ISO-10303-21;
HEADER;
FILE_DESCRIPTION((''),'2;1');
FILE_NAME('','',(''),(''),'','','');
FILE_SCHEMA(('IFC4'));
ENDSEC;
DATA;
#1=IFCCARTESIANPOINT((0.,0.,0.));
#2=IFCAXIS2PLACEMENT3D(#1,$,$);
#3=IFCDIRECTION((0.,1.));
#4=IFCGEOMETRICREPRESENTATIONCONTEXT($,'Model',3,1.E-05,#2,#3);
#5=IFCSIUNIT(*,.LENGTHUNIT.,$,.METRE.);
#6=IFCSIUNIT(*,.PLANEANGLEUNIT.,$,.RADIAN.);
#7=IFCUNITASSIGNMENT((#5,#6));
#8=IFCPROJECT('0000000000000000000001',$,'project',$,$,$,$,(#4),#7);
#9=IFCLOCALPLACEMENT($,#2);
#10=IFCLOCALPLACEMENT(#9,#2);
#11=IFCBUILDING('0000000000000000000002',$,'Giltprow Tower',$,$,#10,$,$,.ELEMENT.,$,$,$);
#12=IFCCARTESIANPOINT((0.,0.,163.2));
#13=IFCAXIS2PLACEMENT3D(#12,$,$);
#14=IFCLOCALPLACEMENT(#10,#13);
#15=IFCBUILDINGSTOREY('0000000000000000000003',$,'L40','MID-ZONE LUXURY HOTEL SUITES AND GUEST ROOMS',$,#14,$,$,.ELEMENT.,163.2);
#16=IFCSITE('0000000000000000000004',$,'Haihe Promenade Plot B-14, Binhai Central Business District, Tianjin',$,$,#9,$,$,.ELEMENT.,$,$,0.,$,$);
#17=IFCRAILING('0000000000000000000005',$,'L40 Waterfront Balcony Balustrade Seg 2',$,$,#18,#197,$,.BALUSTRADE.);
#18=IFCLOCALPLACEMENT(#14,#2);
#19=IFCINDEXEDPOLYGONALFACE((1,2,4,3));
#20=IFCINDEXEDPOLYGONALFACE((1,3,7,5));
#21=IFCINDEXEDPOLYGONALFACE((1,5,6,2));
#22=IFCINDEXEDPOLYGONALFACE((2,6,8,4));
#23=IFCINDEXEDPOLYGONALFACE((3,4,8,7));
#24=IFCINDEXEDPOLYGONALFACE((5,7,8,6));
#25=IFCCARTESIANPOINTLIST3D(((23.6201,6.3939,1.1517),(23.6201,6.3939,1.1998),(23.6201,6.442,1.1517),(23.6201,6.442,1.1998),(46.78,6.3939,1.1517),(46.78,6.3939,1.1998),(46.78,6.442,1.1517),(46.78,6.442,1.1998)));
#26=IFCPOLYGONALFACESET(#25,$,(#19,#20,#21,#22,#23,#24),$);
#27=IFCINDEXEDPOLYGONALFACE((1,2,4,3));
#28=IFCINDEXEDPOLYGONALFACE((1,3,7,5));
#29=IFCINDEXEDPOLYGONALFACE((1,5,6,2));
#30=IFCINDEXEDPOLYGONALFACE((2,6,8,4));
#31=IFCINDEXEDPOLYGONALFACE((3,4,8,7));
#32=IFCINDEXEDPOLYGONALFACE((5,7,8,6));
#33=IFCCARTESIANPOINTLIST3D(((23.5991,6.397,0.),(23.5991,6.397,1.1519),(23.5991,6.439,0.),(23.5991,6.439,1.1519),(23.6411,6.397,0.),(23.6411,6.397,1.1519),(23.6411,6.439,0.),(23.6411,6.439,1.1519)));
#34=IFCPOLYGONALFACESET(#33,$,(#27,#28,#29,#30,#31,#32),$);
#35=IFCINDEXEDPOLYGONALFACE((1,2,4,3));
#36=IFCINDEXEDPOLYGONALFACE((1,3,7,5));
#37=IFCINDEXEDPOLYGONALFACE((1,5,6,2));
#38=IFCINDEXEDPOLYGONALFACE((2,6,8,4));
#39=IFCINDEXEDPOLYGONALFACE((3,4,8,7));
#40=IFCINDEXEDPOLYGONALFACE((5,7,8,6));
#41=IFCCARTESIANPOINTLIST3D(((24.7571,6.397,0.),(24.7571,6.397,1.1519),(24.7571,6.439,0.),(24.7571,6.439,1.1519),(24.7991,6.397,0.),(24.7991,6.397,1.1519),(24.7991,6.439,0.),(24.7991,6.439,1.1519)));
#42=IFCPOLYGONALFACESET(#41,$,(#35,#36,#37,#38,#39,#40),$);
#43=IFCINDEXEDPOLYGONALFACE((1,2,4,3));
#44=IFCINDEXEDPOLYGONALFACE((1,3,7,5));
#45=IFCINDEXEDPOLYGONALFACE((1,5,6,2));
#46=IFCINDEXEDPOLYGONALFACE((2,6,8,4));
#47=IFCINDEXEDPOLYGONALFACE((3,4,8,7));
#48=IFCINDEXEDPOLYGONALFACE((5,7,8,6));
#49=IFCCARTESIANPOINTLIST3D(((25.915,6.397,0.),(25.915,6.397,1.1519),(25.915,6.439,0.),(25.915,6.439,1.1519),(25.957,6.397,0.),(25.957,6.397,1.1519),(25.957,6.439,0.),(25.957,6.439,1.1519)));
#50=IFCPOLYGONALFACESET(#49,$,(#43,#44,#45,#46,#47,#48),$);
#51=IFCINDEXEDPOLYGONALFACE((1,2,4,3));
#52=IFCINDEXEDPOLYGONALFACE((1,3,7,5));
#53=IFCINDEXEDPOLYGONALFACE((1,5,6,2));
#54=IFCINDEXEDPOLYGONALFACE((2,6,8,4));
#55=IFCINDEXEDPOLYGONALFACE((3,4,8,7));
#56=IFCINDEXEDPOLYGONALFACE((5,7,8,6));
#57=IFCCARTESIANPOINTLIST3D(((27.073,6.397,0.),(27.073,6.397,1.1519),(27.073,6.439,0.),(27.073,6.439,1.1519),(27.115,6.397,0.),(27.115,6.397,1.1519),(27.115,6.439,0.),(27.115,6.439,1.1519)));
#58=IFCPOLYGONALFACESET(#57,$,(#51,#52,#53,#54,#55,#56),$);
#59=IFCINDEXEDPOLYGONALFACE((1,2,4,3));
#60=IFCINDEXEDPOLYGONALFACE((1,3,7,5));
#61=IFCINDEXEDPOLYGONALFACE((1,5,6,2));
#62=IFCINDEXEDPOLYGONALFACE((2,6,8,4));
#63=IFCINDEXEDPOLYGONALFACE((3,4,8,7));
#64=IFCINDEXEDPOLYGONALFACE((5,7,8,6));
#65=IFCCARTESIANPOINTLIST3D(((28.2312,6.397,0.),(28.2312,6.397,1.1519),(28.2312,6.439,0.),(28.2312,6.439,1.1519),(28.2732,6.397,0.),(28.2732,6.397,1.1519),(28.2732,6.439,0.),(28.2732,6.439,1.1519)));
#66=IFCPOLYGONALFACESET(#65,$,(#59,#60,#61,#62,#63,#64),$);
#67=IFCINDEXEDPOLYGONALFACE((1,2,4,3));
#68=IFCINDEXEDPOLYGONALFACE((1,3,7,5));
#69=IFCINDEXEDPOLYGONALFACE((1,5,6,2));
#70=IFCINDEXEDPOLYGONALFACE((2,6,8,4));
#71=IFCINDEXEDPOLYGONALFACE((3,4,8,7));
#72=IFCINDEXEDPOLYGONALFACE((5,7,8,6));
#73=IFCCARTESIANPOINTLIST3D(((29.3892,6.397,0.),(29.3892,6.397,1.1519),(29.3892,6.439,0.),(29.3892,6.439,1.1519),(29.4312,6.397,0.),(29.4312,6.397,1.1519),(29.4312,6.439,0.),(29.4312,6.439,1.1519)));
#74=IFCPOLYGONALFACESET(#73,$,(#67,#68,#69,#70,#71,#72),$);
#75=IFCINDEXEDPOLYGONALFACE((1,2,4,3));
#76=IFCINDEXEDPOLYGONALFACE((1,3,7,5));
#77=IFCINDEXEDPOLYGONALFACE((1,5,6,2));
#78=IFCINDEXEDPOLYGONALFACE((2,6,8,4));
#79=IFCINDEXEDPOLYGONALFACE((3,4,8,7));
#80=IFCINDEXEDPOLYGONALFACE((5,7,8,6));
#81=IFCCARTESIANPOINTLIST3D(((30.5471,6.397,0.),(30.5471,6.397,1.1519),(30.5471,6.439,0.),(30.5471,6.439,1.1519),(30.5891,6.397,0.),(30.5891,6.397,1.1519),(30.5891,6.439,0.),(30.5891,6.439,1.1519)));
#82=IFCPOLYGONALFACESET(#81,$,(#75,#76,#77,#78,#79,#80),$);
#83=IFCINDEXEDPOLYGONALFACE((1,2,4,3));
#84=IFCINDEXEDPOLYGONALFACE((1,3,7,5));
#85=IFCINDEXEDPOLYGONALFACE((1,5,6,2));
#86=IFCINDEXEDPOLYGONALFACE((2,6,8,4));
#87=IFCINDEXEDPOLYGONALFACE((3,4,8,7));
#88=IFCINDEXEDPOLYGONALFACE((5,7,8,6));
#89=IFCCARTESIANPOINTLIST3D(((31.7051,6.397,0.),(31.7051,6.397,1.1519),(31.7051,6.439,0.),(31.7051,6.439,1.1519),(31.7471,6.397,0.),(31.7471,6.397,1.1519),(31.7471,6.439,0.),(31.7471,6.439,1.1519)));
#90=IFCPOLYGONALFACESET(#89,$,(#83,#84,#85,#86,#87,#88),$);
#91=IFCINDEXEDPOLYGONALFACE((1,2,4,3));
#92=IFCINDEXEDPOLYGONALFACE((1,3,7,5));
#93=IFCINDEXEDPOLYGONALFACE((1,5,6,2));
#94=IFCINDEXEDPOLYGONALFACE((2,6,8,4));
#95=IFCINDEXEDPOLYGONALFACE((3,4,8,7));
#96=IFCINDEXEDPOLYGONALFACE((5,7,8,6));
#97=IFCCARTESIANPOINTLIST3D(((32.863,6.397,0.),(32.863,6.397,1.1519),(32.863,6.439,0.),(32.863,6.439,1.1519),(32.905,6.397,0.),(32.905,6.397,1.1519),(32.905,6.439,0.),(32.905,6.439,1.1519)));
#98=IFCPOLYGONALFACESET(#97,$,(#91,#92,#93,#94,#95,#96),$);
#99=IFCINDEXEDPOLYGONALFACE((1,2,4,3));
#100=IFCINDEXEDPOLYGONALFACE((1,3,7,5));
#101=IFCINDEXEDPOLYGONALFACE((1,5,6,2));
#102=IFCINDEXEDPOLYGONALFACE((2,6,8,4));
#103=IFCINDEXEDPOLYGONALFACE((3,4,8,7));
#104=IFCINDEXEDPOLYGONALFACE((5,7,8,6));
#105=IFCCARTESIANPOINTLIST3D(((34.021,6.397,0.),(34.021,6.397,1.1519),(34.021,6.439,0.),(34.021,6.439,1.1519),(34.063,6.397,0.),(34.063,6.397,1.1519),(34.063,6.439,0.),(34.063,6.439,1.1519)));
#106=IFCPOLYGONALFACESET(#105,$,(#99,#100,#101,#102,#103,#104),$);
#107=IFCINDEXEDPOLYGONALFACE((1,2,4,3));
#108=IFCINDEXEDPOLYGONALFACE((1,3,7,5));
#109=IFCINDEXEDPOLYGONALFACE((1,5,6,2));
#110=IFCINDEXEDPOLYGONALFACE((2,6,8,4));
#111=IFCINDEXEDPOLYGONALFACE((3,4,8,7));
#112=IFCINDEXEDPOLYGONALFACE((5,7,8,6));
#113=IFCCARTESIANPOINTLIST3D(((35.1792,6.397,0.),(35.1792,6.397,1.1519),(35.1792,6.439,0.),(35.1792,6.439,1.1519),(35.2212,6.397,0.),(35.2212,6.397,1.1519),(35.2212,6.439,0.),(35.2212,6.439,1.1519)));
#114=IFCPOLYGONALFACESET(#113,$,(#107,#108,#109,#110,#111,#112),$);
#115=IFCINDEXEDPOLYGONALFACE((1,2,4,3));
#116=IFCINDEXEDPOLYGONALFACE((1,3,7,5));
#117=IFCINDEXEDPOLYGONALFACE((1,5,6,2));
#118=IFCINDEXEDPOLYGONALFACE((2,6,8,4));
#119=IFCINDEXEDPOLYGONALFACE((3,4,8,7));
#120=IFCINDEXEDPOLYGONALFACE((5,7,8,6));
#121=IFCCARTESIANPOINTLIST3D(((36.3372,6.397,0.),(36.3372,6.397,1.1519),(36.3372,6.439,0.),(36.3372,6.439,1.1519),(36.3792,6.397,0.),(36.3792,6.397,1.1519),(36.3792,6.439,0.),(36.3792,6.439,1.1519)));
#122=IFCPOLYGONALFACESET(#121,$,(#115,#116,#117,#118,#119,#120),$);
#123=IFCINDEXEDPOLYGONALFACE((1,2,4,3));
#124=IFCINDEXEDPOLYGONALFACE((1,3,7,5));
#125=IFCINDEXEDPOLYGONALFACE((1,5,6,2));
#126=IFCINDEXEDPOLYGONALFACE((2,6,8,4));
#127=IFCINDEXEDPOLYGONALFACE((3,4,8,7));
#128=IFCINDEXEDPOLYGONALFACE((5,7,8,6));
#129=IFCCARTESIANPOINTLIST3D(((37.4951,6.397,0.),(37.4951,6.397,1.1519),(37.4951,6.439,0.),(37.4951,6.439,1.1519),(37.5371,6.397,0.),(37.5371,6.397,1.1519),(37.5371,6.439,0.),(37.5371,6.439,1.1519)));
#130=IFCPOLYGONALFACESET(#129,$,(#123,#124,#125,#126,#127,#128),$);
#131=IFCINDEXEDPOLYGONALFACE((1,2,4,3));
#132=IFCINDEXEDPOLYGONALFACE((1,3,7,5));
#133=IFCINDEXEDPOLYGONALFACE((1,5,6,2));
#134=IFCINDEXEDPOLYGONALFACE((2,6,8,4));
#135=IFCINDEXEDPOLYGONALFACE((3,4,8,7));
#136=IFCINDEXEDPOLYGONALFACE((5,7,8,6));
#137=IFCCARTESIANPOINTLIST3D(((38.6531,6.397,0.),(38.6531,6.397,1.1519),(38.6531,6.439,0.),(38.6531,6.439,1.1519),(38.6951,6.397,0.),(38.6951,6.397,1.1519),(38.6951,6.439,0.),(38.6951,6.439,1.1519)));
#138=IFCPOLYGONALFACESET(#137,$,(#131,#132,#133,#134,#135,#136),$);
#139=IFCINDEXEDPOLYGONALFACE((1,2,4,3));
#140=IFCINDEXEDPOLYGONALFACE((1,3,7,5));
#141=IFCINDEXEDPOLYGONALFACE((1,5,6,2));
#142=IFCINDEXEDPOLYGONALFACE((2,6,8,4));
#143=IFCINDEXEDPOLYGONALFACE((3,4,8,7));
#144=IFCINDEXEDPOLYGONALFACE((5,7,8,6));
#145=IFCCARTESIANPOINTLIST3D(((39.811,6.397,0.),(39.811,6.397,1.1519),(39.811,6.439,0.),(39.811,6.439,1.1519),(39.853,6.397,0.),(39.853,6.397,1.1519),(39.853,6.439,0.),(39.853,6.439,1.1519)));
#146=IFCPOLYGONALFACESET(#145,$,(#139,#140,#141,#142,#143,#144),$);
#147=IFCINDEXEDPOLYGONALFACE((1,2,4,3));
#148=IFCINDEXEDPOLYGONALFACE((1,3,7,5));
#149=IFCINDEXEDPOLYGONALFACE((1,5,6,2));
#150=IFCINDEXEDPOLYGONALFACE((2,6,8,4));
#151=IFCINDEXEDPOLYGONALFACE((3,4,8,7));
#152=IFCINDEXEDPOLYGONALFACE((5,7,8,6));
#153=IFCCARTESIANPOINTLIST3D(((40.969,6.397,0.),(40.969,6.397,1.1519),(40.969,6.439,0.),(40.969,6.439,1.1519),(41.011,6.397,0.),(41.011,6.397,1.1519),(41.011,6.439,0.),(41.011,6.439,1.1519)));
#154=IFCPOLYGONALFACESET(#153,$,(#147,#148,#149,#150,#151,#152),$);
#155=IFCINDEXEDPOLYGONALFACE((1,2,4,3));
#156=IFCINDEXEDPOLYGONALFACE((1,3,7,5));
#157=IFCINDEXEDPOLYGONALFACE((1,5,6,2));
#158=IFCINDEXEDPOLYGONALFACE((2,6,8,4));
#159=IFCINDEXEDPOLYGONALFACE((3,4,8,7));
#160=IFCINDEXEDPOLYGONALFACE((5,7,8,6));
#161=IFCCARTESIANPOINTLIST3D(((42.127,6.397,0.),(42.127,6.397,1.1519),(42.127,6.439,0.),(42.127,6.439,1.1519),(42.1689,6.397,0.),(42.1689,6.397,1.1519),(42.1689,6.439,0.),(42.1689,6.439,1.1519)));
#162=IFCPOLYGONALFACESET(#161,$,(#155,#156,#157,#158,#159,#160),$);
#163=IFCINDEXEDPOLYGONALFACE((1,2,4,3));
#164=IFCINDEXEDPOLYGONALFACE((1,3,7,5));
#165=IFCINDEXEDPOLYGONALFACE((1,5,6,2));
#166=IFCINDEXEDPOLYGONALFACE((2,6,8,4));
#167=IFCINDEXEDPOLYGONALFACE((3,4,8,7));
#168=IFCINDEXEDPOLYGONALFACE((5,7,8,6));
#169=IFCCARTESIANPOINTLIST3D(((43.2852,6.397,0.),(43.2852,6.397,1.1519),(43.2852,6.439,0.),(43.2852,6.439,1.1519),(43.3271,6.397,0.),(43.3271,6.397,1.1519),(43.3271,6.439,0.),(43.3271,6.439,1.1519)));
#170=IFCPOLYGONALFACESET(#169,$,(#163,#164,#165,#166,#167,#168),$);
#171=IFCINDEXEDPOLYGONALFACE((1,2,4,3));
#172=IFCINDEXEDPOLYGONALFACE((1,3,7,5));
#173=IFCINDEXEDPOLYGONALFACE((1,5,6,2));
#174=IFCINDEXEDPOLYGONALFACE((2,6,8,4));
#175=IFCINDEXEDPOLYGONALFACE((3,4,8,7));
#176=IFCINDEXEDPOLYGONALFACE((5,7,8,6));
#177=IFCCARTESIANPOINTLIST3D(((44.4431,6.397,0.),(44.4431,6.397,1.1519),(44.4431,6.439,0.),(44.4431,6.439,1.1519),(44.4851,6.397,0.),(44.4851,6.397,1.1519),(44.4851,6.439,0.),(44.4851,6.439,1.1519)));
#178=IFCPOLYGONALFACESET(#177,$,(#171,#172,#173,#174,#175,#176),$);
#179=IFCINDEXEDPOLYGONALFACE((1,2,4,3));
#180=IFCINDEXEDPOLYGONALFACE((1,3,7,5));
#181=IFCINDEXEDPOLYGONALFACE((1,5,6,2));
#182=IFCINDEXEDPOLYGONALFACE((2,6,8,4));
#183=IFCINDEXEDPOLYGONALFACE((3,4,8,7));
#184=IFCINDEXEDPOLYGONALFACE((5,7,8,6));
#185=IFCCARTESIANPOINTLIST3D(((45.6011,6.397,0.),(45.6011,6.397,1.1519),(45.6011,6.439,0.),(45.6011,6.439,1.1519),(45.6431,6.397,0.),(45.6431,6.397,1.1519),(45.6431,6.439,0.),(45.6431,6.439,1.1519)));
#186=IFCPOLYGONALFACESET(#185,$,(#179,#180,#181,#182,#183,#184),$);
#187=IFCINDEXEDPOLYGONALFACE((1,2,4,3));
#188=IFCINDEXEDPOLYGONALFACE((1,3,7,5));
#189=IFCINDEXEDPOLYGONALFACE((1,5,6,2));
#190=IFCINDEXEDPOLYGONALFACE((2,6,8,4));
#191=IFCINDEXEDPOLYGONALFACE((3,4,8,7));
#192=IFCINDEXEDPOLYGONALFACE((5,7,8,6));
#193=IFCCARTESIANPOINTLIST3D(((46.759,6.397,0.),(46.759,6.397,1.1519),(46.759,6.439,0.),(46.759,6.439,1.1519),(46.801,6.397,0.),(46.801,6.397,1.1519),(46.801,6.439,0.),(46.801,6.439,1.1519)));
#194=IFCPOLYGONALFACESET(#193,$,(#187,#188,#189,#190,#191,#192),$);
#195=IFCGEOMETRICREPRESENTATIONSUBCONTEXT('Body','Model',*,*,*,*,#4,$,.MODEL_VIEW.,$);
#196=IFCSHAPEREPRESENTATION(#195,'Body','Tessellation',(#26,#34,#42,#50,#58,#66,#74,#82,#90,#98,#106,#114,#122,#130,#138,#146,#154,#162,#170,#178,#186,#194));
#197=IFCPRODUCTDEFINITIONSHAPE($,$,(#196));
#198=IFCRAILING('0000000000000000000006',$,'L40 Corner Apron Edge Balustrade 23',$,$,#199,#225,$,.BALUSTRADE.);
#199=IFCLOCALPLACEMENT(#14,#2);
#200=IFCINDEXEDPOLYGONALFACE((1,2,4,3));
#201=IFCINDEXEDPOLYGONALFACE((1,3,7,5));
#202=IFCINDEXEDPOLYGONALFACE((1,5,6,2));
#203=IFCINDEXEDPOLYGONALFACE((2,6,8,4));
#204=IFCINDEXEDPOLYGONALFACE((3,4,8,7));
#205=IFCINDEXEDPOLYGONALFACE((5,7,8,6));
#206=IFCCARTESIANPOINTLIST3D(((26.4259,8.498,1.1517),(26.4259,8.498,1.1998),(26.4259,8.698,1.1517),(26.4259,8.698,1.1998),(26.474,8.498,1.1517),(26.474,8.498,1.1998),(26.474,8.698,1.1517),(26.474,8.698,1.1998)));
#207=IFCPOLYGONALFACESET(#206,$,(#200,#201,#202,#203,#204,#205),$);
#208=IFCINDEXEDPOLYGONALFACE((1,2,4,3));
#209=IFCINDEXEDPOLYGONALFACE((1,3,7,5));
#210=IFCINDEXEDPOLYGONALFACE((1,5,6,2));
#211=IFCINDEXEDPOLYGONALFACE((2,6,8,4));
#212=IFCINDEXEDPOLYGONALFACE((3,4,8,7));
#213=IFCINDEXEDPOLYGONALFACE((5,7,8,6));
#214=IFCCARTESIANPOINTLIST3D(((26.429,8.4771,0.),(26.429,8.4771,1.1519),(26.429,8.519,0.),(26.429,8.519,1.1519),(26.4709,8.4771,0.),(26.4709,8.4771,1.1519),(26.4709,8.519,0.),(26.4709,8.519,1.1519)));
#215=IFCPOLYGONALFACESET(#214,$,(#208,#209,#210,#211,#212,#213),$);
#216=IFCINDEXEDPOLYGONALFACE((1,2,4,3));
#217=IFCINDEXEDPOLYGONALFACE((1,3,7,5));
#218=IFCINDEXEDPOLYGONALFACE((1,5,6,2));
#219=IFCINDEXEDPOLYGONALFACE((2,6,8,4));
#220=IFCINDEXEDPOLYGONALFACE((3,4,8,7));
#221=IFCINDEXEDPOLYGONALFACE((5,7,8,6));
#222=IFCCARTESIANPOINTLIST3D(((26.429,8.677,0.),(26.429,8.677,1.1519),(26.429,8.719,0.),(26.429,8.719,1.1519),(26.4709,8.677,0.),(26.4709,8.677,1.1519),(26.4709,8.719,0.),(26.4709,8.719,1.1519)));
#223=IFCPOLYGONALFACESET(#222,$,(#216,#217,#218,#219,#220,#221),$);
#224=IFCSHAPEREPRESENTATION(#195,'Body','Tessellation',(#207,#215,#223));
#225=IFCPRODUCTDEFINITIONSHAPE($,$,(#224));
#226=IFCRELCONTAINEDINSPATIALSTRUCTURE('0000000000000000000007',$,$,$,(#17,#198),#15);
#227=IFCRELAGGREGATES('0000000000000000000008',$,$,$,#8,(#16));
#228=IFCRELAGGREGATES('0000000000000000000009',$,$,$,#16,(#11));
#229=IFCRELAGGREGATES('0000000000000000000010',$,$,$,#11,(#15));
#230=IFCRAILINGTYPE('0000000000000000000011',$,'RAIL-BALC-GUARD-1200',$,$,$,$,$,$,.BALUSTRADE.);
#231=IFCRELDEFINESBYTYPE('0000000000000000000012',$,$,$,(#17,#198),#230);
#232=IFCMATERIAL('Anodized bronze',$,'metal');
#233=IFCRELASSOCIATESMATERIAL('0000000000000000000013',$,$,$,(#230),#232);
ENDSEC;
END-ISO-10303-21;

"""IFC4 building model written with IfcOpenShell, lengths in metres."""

from ifc_helpers import new_model, si_unit, direction, frame, origin, origin_2d, place, context, subcontext, project, spatial, rectangle, extrude, material, type_object, element, save


model = new_model("IFC4")

# Units and contexts
model_context = context("Model", 3, precision=1e-05, world=origin(), true_north=direction((0.0, 1.0)))
body_context = subcontext(model_context, "Body", "Model", "MODEL_VIEW")
ifc_project = project(units=[si_unit("LENGTHUNIT", "METRE"), si_unit("PLANEANGLEUNIT", "RADIAN")], contexts=[model_context])

# Site, building, storey
site_placement = place(None, origin())
site = spatial("IfcSite", under=ifc_project, at=site_placement, Name="Haihe Promenade Plot B-14, Binhai Central Business District, Tianjin", CompositionType="ELEMENT", RefElevation=0.0)
building_placement = place(site_placement, origin())
building = spatial("IfcBuilding", under=site, at=building_placement, Name="Giltprow Tower", CompositionType="ELEMENT")
storey_placement = place(building_placement, frame((0.0, 0.0, 163.2)))
storey = spatial("IfcBuildingStorey", under=building, at=storey_placement, Name="L40", Description="MID-ZONE LUXURY HOTEL SUITES AND GUEST ROOMS", CompositionType="ELEMENT", Elevation=163.2)

# Railings
ifc_material_1 = material(Name="Anodized bronze", Category="metal")
railing_type = type_object("IfcRailingType", Name="RAIL-BALC-GUARD-1200", PredefinedType="BALUSTRADE", material=ifc_material_1)
railing_1_placement = place(storey_placement, frame((23.6201, 6.418, 0.0)))
element("IfcRailing", 1, at=railing_1_placement, inside=storey, type_object=railing_type, Name="L40 Waterfront Balcony Balustrade Seg 2", PredefinedType="BALUSTRADE", context=body_context, shape_type="SweptSolid", body=[
    extrude(rectangle(XDim=0.0481, YDim=0.0481, at=origin_2d()), frame((0.0, 0.0, 1.1758), z_axis=(1.0, 0.0, 0.0), x_axis=(0.0, 1.0, 0.0)), (0.0, 0.0, 1.0), 23.1599),
    extrude(rectangle(XDim=0.042, YDim=0.042, at=origin_2d()), origin(), (0.0, 0.0, 1.0), 1.1519),
    extrude(rectangle(XDim=0.042, YDim=0.042, at=origin_2d()), frame((1.158, 0.0, 0.0)), (0.0, 0.0, 1.0), 1.1519),
    extrude(rectangle(XDim=0.042, YDim=0.042, at=origin_2d()), frame((2.3159, 0.0, 0.0)), (0.0, 0.0, 1.0), 1.1519),
    extrude(rectangle(XDim=0.042, YDim=0.042, at=origin_2d()), frame((3.4739, 0.0, 0.0)), (0.0, 0.0, 1.0), 1.1519),
    extrude(rectangle(XDim=0.042, YDim=0.042, at=origin_2d()), frame((4.6321, 0.0, 0.0)), (0.0, 0.0, 1.0), 1.1519),
    extrude(rectangle(XDim=0.042, YDim=0.042, at=origin_2d()), frame((5.79, 0.0, 0.0)), (0.0, 0.0, 1.0), 1.1519),
    extrude(rectangle(XDim=0.042, YDim=0.042, at=origin_2d()), frame((6.948, 0.0, 0.0)), (0.0, 0.0, 1.0), 1.1519),
    extrude(rectangle(XDim=0.042, YDim=0.042, at=origin_2d()), frame((8.106, 0.0, 0.0)), (0.0, 0.0, 1.0), 1.1519),
    extrude(rectangle(XDim=0.042, YDim=0.042, at=origin_2d()), frame((9.2639, 0.0, 0.0)), (0.0, 0.0, 1.0), 1.1519),
    extrude(rectangle(XDim=0.042, YDim=0.042, at=origin_2d()), frame((10.4219, 0.0, 0.0)), (0.0, 0.0, 1.0), 1.1519),
    extrude(rectangle(XDim=0.042, YDim=0.042, at=origin_2d()), frame((11.5801, 0.0, 0.0)), (0.0, 0.0, 1.0), 1.1519),
    extrude(rectangle(XDim=0.042, YDim=0.042, at=origin_2d()), frame((12.738, 0.0, 0.0)), (0.0, 0.0, 1.0), 1.1519),
    extrude(rectangle(XDim=0.042, YDim=0.042, at=origin_2d()), frame((13.896, 0.0, 0.0)), (0.0, 0.0, 1.0), 1.1519),
    extrude(rectangle(XDim=0.042, YDim=0.042, at=origin_2d()), frame((15.054, 0.0, 0.0)), (0.0, 0.0, 1.0), 1.1519),
    extrude(rectangle(XDim=0.042, YDim=0.042, at=origin_2d()), frame((16.2119, 0.0, 0.0)), (0.0, 0.0, 1.0), 1.1519),
    extrude(rectangle(XDim=0.042, YDim=0.042, at=origin_2d()), frame((17.3699, 0.0, 0.0)), (0.0, 0.0, 1.0), 1.1519),
    extrude(rectangle(XDim=0.042, YDim=0.042, at=origin_2d()), frame((18.5278, 0.0, 0.0)), (0.0, 0.0, 1.0), 1.1519),
    extrude(rectangle(XDim=0.042, YDim=0.042, at=origin_2d()), frame((19.686, 0.0, 0.0)), (0.0, 0.0, 1.0), 1.1519),
    extrude(rectangle(XDim=0.042, YDim=0.042, at=origin_2d()), frame((20.844, 0.0, 0.0)), (0.0, 0.0, 1.0), 1.1519),
    extrude(rectangle(XDim=0.042, YDim=0.042, at=origin_2d()), frame((22.002, 0.0, 0.0)), (0.0, 0.0, 1.0), 1.1519),
    extrude(rectangle(XDim=0.042, YDim=0.042, at=origin_2d()), frame((23.1599, 0.0, 0.0)), (0.0, 0.0, 1.0), 1.1519),
])
railing_2_placement = place(storey_placement, frame((26.45, 8.498, 0.0)))
element("IfcRailing", 2, at=railing_2_placement, inside=storey, type_object=railing_type, Name="L40 Corner Apron Edge Balustrade 23", PredefinedType="BALUSTRADE", context=body_context, shape_type="SweptSolid", body=[
    extrude(rectangle(XDim=0.0481, YDim=0.0481, at=origin_2d()), frame((0.0, 0.0, 1.1758), z_axis=(0.0, 1.0, 0.0), x_axis=(-1.0, 0.0, 0.0)), (0.0, 0.0, 1.0), 0.2),
    extrude(rectangle(XDim=0.042, YDim=0.042, at=origin_2d()), origin(), (0.0, 0.0, 1.0), 1.1519),
    extrude(rectangle(XDim=0.042, YDim=0.042, at=origin_2d()), frame((0.0, 0.2, 0.0)), (0.0, 0.0, 1.0), 1.1519),
])

save(model, "model.ifc")
